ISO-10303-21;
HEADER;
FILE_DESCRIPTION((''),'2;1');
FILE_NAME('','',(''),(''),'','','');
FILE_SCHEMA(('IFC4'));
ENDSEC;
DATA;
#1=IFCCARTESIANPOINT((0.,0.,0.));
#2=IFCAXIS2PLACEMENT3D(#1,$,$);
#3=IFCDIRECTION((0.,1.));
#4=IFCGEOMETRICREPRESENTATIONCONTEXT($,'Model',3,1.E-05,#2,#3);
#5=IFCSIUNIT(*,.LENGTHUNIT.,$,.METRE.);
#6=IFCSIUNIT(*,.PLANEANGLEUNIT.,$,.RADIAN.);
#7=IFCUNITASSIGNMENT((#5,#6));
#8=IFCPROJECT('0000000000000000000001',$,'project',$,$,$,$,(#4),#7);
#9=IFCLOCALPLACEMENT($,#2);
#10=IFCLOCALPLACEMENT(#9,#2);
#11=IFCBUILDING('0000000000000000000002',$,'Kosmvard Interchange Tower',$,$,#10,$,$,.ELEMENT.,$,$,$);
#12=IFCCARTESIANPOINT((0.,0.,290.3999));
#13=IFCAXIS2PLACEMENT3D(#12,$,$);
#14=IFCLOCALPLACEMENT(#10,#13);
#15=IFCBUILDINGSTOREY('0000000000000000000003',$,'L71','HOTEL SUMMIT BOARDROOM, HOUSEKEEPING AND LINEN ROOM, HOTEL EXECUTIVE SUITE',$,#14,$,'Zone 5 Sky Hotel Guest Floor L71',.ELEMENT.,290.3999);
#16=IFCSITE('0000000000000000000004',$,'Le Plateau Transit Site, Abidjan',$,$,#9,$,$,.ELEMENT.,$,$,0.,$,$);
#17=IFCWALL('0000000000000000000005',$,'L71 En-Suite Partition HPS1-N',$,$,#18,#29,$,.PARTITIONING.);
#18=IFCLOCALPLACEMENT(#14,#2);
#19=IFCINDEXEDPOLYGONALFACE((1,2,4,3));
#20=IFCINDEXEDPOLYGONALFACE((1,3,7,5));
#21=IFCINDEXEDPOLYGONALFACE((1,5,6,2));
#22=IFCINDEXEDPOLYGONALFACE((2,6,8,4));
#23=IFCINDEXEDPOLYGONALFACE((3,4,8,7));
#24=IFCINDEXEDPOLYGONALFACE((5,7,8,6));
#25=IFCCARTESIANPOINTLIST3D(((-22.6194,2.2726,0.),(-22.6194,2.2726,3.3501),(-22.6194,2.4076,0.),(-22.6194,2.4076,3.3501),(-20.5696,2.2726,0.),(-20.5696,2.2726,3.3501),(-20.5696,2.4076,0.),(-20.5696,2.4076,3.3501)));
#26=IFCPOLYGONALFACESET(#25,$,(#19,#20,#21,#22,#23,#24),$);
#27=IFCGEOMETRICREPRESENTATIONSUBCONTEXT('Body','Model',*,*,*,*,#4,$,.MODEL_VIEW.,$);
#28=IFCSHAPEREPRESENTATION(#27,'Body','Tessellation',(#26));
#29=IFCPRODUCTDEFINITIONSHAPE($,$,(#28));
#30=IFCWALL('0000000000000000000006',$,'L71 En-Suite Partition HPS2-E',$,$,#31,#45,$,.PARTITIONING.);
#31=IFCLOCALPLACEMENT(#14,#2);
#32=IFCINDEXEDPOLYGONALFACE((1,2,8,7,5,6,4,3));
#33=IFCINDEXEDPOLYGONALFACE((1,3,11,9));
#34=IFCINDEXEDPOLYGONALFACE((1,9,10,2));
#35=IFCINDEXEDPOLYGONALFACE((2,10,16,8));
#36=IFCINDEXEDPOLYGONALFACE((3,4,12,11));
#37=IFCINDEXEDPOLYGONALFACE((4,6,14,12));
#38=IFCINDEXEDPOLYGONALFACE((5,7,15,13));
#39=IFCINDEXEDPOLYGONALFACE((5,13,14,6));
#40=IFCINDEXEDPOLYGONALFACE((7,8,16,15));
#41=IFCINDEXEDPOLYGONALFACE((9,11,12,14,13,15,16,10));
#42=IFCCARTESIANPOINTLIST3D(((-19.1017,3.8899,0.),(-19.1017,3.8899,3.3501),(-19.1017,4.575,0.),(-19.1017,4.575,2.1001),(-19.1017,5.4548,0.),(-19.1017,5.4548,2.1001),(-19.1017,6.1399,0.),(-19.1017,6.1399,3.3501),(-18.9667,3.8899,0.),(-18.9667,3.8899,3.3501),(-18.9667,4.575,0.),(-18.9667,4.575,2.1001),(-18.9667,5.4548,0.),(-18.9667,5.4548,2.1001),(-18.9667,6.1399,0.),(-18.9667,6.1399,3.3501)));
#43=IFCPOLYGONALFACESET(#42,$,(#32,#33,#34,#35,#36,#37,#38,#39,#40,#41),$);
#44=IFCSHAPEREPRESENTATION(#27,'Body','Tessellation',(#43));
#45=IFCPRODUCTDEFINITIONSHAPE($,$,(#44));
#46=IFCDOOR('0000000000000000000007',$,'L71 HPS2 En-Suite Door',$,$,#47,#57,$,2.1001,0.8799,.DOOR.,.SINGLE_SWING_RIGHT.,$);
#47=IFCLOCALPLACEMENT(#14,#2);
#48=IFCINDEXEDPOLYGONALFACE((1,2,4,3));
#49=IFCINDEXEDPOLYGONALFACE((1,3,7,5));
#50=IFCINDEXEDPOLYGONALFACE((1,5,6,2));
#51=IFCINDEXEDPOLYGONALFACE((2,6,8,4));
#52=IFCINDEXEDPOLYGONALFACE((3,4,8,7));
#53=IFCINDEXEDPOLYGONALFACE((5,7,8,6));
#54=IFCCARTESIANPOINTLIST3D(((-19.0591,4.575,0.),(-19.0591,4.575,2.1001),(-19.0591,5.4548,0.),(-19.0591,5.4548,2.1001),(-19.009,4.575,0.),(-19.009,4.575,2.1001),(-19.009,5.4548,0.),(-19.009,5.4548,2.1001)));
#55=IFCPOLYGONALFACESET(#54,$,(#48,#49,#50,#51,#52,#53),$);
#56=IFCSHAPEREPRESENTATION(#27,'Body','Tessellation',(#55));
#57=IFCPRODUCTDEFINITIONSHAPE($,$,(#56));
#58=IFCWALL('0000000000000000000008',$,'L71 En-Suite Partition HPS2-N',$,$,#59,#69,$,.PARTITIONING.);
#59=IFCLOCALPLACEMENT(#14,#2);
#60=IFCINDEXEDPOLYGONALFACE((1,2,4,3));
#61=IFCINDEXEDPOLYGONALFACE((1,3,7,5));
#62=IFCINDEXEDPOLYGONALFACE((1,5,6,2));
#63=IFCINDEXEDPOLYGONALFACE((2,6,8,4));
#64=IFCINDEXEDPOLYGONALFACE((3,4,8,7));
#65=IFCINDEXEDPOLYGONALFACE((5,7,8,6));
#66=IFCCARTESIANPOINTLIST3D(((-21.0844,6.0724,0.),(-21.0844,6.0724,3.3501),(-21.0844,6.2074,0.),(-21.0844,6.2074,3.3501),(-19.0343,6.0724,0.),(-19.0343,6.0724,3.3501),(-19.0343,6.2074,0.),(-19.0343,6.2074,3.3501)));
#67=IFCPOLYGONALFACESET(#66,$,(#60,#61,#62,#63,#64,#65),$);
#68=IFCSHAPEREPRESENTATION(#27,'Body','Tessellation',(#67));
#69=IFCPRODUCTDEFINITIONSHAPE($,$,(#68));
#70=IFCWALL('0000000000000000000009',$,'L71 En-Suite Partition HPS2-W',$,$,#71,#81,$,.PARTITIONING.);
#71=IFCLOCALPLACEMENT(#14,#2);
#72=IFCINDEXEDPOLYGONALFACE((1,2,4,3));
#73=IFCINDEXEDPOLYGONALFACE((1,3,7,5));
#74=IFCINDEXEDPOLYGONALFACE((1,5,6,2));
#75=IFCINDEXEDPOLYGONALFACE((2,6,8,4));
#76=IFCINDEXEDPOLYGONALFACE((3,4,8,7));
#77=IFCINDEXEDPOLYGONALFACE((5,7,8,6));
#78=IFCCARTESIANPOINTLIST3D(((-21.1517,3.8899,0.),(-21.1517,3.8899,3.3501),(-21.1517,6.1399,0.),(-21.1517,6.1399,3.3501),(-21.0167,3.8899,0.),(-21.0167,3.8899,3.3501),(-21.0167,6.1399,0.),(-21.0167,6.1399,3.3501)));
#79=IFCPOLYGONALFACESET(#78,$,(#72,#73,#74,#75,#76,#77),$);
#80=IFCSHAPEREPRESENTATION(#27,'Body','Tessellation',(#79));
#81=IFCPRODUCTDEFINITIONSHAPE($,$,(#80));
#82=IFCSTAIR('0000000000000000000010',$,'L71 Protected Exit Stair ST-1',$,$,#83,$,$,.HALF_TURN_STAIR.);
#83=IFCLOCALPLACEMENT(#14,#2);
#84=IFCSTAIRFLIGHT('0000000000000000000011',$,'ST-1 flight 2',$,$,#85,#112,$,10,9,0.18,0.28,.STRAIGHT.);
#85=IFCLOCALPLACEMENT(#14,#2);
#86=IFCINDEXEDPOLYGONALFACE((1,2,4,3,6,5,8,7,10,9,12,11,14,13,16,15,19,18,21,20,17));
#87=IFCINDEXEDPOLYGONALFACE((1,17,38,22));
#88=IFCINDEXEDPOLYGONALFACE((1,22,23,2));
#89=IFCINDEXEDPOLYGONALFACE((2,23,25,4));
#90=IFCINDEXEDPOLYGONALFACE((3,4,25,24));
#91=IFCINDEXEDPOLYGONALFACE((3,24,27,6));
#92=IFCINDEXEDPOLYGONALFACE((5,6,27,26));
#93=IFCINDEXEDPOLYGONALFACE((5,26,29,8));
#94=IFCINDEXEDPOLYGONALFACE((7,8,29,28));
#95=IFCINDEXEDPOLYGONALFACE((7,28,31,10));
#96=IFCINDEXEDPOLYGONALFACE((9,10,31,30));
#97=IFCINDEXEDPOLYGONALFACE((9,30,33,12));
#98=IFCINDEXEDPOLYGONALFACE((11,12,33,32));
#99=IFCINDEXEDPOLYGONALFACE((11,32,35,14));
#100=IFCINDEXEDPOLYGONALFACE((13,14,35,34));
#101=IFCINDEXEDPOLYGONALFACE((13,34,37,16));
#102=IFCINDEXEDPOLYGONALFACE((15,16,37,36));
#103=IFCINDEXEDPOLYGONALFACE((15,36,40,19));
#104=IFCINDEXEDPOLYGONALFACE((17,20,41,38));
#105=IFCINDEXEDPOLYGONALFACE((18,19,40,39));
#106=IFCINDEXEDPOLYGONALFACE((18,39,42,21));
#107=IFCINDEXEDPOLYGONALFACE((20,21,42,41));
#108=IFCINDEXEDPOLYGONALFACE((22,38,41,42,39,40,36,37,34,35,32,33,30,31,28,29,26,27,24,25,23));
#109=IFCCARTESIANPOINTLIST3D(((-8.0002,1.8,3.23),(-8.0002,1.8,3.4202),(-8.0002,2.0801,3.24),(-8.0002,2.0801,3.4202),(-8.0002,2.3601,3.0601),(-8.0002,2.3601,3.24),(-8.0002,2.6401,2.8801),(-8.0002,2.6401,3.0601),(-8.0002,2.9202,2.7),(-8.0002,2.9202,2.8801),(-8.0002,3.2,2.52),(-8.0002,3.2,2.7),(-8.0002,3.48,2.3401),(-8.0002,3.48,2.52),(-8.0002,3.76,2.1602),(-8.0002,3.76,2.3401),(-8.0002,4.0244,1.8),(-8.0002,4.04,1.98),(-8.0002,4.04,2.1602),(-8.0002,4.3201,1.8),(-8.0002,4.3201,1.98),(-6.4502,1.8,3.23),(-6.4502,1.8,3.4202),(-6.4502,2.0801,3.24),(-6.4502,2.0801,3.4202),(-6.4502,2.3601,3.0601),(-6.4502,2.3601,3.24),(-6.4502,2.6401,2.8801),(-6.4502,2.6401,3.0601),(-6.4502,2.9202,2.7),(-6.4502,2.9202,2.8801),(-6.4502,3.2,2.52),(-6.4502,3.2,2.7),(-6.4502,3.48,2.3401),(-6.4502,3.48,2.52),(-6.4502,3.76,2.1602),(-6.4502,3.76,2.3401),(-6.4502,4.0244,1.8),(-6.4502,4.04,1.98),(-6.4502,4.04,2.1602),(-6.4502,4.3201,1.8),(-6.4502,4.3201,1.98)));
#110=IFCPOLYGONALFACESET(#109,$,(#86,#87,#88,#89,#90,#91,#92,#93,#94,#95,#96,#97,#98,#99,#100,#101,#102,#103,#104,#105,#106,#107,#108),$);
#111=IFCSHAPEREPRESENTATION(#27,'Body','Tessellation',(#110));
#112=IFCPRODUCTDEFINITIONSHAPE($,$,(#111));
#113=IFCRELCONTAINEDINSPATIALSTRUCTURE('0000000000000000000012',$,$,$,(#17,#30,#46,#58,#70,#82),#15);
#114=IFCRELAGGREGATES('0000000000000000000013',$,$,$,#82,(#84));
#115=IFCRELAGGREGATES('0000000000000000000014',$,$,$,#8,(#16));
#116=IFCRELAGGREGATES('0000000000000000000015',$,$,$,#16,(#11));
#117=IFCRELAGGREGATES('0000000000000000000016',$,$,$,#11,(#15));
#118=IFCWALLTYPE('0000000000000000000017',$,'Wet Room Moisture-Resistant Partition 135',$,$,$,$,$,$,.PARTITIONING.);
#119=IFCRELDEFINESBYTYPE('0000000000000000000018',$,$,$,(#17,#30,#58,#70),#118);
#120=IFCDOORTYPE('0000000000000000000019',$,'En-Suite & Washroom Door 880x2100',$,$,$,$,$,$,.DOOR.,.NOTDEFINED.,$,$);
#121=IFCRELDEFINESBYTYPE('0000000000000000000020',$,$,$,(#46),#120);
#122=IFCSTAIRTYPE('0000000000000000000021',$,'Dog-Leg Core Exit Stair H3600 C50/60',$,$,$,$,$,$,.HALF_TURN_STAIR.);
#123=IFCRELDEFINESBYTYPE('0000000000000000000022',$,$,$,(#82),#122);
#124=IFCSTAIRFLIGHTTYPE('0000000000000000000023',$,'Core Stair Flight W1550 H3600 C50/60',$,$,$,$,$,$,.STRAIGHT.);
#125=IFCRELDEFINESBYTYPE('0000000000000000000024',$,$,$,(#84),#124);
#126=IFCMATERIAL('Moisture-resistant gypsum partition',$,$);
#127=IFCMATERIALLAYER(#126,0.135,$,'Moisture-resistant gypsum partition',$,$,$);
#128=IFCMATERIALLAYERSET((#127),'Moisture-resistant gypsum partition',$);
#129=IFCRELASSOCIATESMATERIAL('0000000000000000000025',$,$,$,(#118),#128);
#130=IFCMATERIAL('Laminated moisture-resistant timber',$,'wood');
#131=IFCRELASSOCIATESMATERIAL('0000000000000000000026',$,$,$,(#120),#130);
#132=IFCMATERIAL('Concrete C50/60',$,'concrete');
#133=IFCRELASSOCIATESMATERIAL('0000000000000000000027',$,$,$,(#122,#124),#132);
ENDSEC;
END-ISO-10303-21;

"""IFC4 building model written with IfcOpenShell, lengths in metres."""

from ifc_helpers import new_model, si_unit, direction, frame, frame_2d, origin, place, context, subcontext, project, spatial, polyline, rectangle, outline, extrude, source, transform, mapped, material, layer, layer_set, type_object, element, fill, aggregate, save


model = new_model("IFC4")

# Units and contexts
model_context = context("Model", 3, precision=1e-05, world=origin(), true_north=direction((0.0, 1.0)))
body_context = subcontext(model_context, "Body", "Model", "MODEL_VIEW")
ifc_project = project(units=[si_unit("LENGTHUNIT", "METRE"), si_unit("PLANEANGLEUNIT", "RADIAN")], contexts=[model_context])

# Site, building, storey
site_placement = place(None, origin())
site = spatial("IfcSite", under=ifc_project, at=site_placement, Name="Le Plateau Transit Site, Abidjan", CompositionType="ELEMENT", RefElevation=0.0)
building_placement = place(site_placement, origin())
building = spatial("IfcBuilding", under=site, at=building_placement, Name="Kosmvard Interchange Tower", CompositionType="ELEMENT")
storey_placement = place(building_placement, frame((0.0, 0.0, 290.3999)))
storey = spatial("IfcBuildingStorey", under=building, at=storey_placement, Name="L71", Description="HOTEL SUMMIT BOARDROOM, HOUSEKEEPING AND LINEN ROOM, HOTEL EXECUTIVE SUITE", LongName="Zone 5 Sky Hotel Guest Floor L71", CompositionType="ELEMENT", Elevation=290.3999)

# Shared definitions
ifc_material_1 = material(Name="Concrete C50/60", Category="concrete")

# Wall
ifc_material_2 = material(Name="Moisture-resistant gypsum partition")
ifc_layer_1 = layer(ifc_material_2, 0.135, Name="Moisture-resistant gypsum partition")
ifc_layer_set_1 = layer_set([ifc_layer_1], Name="Moisture-resistant gypsum partition")
wall_type_1 = type_object("IfcWallType", Name="Wet Room Moisture-Resistant Partition 135", PredefinedType="PARTITIONING", material=ifc_layer_set_1)
wall_1_placement = place(storey_placement, frame((-22.6194, 2.3401, 0.0), z_axis=(0.0, 0.0, 1.0), x_axis=(1.0, 0.0, 0.0)))
element("IfcWall", 1, at=wall_1_placement, inside=storey, type_object=wall_type_1, Name="L71 En-Suite Partition HPS1-N", PredefinedType="PARTITIONING", context=body_context, shape_type="SweptSolid", body=[
    extrude(rectangle(XDim=2.0498, YDim=0.135, at=frame_2d((1.0249, 0.0))), origin(), (0.0, 0.0, 1.0), 3.3501),
])

# Wall, opening, door
wall_2_placement = place(storey_placement, frame((-19.0342, 3.8899, 0.0), z_axis=(0.0, 0.0, 1.0), x_axis=(0.0, 1.0, 0.0)))
wall_2 = element("IfcWall", 2, at=wall_2_placement, inside=storey, type_object=wall_type_1, Name="L71 En-Suite Partition HPS2-E", PredefinedType="PARTITIONING", context=body_context, shape_type="SweptSolid", body=[
    extrude(rectangle(XDim=2.25, YDim=0.135, at=frame_2d((1.125, 0.0))), origin(), (0.0, 0.0, 1.0), 3.3501),
])
opening_1_placement = place(wall_2_placement, frame((0.6851, 0.0, 0.0)))
opening_1 = element("IfcOpeningElement", 3, at=opening_1_placement, cuts=wall_2, PredefinedType="OPENING", context=body_context, shape_type="SweptSolid", body=[
    extrude(rectangle(XDim=0.8799, YDim=2.1001, at=frame_2d((0.4399, 1.05))), frame((0.0, 0.0776, 0.0), z_axis=(0.0, -1.0, 0.0), x_axis=(1.0, 0.0, 0.0)), (0.0, 0.0, 1.0), 0.155),
])
ifc_material_3 = material(Name="Laminated moisture-resistant timber", Category="wood")
door_type_1 = type_object("IfcDoorType", Name="En-Suite & Washroom Door 880x2100", OperationType="NOTDEFINED", PredefinedType="DOOR", material=ifc_material_3)
shared_shape_1 = source(origin(), body_context, "Body", "SweptSolid", [
    extrude(rectangle(XDim=0.8799, YDim=2.1001, at=frame_2d((0.4399, 1.05))), frame((0.0, 0.0249, 0.0), z_axis=(0.0, -1.0, 0.0), x_axis=(1.0, 0.0, 0.0)), (0.0, 0.0, 1.0), 0.05),
])
door_1_placement = place(opening_1_placement, origin())
door_1 = element("IfcDoor", 4, at=door_1_placement, inside=storey, type_object=door_type_1, Name="L71 HPS2 En-Suite Door", OperationType="SINGLE_SWING_RIGHT", OverallHeight=2.1001, OverallWidth=0.8799, PredefinedType="DOOR", context=body_context, shape_type="MappedRepresentation", body=[
    mapped(shared_shape_1, transform((0.0, 0.0, 0.0), scale=1.0)),
])
fill(opening_1, door_1)

# Walls
wall_3_placement = place(storey_placement, frame((-21.0842, 6.1399, 0.0), z_axis=(0.0, 0.0, 1.0), x_axis=(1.0, 0.0, 0.0)))
element("IfcWall", 5, at=wall_3_placement, inside=storey, type_object=wall_type_1, Name="L71 En-Suite Partition HPS2-N", PredefinedType="PARTITIONING", context=body_context, shape_type="SweptSolid", body=[
    extrude(rectangle(XDim=2.05, YDim=0.135, at=frame_2d((1.0249, 0.0))), origin(), (0.0, 0.0, 1.0), 3.3501),
])
wall_4_placement = place(storey_placement, frame((-21.0842, 3.8899, 0.0), z_axis=(0.0, 0.0, 1.0), x_axis=(0.0, 1.0, 0.0)))
element("IfcWall", 6, at=wall_4_placement, inside=storey, type_object=wall_type_1, Name="L71 En-Suite Partition HPS2-W", PredefinedType="PARTITIONING", context=body_context, shape_type="SweptSolid", body=[
    extrude(rectangle(XDim=2.25, YDim=0.135, at=frame_2d((1.125, 0.0))), origin(), (0.0, 0.0, 1.0), 3.3501),
])

# Stair, stair flight
stair_type = type_object("IfcStairType", Name="Dog-Leg Core Exit Stair H3600 C50/60", PredefinedType="HALF_TURN_STAIR", material=ifc_material_1)
stair_placement = place(storey_placement, origin())
stair = element("IfcStair", 7, at=stair_placement, inside=storey, type_object=stair_type, Name="L71 Protected Exit Stair ST-1", PredefinedType="HALF_TURN_STAIR")
stair_flight_type = type_object("IfcStairFlightType", Name="Core Stair Flight W1550 H3600 C50/60", PredefinedType="STRAIGHT", material=ifc_material_1)
shared_shape_2 = source(origin(), body_context, "Body", "SweptSolid", [
    extrude(outline(polyline([(0.0, 0.0), (0.0, 0.1799), (0.28, 0.1799), (0.28, 0.3601), (0.5601, 0.3601), (0.5601, 0.54), (0.8401, 0.54), (0.8401, 0.72), (1.1201, 0.72), (1.1201, 0.8999), (1.3999, 0.8999), (1.3999, 1.0801), (1.6799, 1.0801), (1.6799, 1.26), (1.96, 1.26), (1.96, 1.4399), (2.24, 1.4399), (2.24, 1.6201), (2.52, 1.6201), (2.52, 1.8), (2.52, 1.4299), (0.2957, 0.0), (0.0, 0.0)])), frame((0.0, 0.7749, 0.0), z_axis=(0.0, -1.0, 0.0), x_axis=(1.0, 0.0, 0.0)), (0.0, 0.0, 1.0), 1.55),
])
stair_flight_placement = place(storey_placement, frame((-7.2251, 4.3201, 1.8), z_axis=(0.0, 0.0, 1.0), x_axis=(0.0, -1.0, 0.0)))
stair_flight = element("IfcStairFlight", 8, at=stair_flight_placement, type_object=stair_flight_type, Name="ST-1 flight 2", NumberOfRisers=10, NumberOfTreads=9, PredefinedType="STRAIGHT", RiserHeight=0.18, TreadLength=0.28, context=body_context, shape_type="MappedRepresentation", body=[
    mapped(shared_shape_2, transform((0.0, 0.0, 0.0), scale=1.0)),
])
aggregate(stair, [stair_flight])

save(model, "model.ifc")
